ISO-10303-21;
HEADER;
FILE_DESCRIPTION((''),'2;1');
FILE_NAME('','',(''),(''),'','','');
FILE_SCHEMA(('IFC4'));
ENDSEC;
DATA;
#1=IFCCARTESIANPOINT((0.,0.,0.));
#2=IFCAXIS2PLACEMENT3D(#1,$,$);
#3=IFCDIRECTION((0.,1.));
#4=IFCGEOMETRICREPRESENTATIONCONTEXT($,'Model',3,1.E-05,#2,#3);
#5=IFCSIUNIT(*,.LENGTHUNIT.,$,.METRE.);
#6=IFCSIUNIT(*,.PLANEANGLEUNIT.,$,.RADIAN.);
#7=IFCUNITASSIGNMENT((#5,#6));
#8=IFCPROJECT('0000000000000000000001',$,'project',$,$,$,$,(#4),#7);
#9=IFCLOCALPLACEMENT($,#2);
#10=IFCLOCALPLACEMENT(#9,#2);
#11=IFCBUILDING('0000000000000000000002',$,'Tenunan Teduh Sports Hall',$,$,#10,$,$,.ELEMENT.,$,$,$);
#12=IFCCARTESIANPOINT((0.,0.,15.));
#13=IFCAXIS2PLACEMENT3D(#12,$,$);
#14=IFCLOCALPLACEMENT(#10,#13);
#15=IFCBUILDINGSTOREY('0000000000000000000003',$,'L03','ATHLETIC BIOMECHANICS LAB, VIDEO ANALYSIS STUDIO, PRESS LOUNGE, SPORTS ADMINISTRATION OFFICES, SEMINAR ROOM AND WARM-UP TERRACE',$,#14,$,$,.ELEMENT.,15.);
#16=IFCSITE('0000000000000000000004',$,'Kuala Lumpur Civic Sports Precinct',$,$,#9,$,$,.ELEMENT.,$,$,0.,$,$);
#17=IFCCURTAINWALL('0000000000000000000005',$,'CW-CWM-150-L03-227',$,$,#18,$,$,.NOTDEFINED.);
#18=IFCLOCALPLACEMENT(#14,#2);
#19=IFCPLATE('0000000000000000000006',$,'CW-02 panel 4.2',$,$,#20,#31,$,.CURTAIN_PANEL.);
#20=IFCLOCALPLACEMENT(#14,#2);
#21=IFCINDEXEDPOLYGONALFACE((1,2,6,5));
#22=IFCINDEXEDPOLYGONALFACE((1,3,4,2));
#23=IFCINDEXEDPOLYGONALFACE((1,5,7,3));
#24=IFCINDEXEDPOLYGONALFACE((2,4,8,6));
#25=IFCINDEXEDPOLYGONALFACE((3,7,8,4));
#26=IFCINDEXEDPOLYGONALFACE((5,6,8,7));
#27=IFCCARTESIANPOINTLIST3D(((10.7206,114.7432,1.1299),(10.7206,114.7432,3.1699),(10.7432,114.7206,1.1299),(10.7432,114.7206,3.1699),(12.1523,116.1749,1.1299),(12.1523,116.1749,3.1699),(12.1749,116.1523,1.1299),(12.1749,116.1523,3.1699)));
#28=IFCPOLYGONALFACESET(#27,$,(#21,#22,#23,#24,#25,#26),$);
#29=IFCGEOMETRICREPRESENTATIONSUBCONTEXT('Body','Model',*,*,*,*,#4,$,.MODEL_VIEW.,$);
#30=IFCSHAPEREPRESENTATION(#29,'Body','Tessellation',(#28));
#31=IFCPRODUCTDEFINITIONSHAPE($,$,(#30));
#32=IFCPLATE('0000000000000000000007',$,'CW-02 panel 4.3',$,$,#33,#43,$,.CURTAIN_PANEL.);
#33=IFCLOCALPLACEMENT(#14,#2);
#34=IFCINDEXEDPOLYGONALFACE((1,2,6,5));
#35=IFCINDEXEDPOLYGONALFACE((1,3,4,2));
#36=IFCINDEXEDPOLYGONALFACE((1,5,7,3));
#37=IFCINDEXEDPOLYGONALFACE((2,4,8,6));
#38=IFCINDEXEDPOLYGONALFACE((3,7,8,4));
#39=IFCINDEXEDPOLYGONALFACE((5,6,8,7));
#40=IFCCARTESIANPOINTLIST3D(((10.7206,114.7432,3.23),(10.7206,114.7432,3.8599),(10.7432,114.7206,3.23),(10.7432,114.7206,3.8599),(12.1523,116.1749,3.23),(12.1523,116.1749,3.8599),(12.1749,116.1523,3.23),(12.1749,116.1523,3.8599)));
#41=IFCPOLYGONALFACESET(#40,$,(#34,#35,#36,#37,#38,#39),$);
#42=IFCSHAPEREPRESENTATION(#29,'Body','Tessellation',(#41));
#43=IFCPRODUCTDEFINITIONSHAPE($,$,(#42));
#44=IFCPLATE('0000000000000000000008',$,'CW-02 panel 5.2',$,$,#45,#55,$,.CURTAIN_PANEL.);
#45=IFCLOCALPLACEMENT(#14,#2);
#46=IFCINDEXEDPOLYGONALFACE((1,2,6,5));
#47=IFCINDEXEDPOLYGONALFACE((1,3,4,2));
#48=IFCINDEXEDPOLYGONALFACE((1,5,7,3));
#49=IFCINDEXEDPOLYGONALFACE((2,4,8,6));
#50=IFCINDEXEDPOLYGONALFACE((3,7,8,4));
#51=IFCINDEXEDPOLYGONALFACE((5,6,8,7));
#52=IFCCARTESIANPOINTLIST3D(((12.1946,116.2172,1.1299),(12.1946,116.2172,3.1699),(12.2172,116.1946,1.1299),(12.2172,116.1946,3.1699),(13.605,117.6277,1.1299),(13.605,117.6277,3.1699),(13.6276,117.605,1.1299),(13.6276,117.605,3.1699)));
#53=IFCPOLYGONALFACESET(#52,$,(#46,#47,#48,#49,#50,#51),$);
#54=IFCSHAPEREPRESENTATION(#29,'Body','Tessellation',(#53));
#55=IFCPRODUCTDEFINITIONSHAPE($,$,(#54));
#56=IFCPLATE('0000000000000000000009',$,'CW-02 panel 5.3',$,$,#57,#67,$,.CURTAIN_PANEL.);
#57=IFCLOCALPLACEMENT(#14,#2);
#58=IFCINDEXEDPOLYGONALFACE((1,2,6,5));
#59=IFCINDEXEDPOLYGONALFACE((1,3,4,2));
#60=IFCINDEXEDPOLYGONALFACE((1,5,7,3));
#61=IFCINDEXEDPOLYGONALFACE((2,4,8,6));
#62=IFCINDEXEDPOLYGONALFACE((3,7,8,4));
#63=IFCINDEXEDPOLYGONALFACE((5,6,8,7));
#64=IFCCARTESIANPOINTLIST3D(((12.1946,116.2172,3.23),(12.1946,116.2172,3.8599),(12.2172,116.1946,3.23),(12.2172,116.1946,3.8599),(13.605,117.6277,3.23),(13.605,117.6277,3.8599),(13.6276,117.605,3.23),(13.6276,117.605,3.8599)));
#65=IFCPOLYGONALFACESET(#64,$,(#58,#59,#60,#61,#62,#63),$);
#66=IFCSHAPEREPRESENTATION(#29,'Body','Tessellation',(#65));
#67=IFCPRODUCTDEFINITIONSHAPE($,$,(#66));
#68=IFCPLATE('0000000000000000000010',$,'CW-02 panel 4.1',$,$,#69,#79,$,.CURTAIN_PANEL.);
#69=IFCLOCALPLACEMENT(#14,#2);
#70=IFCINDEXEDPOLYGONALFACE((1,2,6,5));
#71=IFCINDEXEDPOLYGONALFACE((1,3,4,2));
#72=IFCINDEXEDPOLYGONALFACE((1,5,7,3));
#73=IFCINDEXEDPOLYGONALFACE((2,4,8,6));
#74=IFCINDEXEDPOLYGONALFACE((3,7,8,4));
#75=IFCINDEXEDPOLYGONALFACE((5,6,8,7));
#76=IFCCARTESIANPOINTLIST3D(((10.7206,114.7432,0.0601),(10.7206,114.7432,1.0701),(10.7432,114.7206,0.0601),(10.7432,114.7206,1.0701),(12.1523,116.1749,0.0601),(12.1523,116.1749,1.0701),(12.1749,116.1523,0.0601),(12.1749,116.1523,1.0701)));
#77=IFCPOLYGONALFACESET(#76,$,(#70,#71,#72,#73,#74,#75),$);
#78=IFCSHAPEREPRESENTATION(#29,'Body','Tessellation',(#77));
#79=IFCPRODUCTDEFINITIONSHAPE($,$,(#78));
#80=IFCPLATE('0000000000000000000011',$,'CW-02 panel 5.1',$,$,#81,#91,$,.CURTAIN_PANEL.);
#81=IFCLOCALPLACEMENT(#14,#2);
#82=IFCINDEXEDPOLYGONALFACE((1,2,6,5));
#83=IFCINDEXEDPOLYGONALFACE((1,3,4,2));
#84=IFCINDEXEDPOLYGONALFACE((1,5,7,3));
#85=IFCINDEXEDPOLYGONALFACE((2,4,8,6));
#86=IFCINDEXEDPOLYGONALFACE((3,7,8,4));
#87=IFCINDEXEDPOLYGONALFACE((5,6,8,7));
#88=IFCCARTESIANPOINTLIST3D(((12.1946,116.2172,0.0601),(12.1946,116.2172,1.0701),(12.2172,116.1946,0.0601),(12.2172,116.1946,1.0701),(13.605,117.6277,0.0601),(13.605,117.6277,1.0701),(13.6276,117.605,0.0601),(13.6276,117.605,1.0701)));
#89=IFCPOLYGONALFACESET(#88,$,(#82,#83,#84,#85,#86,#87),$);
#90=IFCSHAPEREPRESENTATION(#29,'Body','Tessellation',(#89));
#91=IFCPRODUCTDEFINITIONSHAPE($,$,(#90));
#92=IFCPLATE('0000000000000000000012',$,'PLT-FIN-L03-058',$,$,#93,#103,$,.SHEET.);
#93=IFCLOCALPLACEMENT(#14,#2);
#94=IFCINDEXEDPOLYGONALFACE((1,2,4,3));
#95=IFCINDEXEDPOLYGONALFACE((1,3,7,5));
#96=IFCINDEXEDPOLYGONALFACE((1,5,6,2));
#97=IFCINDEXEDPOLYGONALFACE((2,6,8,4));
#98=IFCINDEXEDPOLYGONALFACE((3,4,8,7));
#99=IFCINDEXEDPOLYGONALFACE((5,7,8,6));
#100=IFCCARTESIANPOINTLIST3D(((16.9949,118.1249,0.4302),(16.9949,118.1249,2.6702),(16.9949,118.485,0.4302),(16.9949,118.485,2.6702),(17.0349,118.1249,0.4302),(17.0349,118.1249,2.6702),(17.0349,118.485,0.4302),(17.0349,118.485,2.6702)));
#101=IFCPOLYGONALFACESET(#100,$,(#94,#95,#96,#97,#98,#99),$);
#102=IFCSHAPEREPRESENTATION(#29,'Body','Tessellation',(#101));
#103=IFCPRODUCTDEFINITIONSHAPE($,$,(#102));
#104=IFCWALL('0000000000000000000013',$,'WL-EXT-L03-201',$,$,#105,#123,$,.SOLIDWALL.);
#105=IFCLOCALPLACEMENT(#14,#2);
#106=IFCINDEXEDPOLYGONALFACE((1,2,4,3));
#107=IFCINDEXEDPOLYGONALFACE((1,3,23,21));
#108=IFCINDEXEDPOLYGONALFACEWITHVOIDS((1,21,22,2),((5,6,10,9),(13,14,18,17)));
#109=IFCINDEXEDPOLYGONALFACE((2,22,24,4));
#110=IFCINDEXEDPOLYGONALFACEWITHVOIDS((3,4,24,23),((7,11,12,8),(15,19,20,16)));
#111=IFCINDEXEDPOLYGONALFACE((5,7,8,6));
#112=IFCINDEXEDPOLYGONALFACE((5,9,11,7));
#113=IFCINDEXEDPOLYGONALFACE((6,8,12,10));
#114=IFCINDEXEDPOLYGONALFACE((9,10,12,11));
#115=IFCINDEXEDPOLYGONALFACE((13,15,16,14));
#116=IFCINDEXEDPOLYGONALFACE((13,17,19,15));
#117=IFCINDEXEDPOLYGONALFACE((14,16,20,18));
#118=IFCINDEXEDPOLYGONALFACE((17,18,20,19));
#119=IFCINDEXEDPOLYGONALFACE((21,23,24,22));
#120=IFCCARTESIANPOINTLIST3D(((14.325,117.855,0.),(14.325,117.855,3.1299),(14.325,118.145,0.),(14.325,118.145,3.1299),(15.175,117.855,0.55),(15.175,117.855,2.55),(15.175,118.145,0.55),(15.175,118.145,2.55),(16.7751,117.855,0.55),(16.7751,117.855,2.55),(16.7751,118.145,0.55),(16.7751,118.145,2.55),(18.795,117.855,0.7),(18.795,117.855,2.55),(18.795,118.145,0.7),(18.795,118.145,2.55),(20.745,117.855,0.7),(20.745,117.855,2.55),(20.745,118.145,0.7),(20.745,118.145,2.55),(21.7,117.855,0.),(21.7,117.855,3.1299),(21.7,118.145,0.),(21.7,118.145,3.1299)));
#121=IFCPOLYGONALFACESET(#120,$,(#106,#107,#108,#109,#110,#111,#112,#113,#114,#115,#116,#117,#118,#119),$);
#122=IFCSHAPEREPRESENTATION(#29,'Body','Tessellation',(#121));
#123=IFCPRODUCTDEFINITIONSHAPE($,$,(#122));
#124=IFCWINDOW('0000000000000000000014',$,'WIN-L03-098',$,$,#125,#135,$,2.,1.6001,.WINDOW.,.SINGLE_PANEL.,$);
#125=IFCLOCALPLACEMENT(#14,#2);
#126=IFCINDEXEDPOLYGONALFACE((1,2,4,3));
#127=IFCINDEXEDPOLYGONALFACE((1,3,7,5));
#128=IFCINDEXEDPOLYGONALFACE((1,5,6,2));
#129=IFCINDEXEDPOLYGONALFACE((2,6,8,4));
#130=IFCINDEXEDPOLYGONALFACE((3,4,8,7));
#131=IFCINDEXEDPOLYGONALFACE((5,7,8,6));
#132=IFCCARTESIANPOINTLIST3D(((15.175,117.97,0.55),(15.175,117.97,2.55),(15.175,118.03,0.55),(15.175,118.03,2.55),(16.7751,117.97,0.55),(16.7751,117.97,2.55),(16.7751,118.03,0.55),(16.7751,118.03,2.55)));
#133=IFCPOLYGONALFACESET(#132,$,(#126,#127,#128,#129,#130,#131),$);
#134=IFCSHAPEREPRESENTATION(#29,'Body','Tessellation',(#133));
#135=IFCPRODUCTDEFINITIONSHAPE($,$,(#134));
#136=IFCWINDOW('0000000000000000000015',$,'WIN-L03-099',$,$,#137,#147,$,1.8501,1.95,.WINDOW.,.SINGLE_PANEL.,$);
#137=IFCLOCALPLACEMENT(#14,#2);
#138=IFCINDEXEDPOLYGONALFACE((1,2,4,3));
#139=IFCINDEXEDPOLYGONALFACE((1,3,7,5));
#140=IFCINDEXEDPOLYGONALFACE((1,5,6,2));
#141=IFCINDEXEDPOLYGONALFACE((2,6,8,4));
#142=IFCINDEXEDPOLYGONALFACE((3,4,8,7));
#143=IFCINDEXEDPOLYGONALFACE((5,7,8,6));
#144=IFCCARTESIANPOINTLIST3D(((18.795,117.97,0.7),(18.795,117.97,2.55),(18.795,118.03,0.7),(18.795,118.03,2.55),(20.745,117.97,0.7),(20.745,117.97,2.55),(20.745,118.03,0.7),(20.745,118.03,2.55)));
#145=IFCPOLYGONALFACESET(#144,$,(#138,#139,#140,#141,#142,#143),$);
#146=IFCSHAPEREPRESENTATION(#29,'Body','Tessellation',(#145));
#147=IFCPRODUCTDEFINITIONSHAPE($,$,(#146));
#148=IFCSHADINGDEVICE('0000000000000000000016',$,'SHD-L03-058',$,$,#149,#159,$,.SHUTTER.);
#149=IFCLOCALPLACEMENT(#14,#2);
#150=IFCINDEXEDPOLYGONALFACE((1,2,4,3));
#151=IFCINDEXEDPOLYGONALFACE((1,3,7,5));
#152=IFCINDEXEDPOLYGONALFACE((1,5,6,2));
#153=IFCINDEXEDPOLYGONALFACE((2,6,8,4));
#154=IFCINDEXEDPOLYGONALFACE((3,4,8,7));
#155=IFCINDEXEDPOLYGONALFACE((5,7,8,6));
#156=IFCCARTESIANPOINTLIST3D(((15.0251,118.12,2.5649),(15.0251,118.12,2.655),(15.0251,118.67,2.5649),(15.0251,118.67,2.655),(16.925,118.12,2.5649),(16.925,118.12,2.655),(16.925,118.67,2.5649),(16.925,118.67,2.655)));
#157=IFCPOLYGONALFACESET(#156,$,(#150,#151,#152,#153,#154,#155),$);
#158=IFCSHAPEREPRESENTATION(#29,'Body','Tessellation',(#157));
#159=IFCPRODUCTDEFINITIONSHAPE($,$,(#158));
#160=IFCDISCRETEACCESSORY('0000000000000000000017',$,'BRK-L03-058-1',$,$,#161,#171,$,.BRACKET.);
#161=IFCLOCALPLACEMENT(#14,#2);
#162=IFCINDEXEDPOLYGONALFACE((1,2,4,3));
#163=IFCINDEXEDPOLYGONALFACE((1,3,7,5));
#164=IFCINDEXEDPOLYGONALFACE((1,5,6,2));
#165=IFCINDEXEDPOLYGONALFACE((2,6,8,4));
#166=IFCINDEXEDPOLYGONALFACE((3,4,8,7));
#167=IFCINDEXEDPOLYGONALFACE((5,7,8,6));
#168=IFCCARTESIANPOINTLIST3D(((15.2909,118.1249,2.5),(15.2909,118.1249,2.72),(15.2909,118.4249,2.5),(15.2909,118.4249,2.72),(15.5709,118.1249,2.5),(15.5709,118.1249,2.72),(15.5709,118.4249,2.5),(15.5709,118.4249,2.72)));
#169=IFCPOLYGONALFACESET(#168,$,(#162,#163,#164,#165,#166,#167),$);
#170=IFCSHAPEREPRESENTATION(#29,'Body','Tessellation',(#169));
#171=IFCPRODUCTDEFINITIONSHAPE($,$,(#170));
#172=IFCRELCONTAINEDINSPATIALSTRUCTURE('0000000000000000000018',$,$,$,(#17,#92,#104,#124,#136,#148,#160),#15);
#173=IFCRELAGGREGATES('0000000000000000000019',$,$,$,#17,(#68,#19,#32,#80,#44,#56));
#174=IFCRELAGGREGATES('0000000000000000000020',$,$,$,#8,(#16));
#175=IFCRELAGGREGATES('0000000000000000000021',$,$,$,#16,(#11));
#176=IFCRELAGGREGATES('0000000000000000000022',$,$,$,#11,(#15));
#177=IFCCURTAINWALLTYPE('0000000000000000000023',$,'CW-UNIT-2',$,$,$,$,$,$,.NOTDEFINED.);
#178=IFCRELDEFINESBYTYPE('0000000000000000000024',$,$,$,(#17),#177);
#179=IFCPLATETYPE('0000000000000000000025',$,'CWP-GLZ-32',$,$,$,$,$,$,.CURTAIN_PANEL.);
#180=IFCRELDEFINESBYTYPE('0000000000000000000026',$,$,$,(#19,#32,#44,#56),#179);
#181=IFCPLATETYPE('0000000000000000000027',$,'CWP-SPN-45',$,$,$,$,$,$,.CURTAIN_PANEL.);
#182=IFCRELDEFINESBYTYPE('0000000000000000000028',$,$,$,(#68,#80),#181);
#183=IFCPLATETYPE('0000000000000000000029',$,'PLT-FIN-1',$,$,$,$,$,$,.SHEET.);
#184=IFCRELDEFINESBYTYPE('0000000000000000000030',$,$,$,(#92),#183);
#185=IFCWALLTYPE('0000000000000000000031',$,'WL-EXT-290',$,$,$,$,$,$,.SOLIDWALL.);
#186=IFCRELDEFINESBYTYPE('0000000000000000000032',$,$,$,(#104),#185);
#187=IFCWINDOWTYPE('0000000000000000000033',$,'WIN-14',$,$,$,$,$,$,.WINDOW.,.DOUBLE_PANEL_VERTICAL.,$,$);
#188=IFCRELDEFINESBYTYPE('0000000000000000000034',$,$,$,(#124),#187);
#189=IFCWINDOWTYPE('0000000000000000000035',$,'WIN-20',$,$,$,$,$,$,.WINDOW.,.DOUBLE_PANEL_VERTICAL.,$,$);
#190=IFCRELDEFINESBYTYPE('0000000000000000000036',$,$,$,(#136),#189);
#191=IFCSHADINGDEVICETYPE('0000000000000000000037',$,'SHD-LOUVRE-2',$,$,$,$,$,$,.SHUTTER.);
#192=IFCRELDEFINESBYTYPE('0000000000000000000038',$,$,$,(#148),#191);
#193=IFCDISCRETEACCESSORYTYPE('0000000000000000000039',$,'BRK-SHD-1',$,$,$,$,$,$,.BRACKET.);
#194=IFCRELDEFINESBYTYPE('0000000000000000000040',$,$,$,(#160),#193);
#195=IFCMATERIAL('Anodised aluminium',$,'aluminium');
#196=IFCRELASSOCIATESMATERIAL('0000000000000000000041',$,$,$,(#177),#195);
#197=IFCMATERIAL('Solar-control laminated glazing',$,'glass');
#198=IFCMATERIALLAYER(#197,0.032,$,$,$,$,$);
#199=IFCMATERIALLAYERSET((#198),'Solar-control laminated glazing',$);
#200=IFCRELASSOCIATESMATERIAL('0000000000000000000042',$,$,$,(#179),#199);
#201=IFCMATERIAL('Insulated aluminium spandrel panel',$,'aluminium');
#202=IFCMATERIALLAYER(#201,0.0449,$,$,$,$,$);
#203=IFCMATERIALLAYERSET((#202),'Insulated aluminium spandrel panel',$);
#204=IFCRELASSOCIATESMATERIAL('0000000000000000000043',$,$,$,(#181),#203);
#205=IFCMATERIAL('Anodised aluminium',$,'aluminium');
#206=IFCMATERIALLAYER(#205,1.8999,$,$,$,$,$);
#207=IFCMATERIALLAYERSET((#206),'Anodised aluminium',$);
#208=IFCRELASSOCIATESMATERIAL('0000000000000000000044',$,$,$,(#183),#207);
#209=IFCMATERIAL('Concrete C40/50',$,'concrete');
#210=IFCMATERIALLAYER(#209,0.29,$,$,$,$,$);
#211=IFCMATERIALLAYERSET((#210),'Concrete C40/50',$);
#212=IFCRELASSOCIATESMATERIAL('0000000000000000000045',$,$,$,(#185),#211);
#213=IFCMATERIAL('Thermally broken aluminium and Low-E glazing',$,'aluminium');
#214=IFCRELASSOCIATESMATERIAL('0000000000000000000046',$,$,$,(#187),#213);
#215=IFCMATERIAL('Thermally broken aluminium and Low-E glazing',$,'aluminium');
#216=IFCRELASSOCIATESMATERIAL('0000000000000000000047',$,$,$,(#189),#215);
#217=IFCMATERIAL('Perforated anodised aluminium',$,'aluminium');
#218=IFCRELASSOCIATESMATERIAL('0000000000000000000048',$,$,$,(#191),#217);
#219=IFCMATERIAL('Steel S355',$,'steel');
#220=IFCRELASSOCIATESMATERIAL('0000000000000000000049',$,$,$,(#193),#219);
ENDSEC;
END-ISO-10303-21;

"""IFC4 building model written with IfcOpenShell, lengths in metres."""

from ifc_helpers import new_model, si_unit, direction, frame, frame_2d, origin, origin_2d, place, context, subcontext, project, spatial, rectangle, extrude, material, layer, layer_set, type_object, element, fill, aggregate, save


model = new_model("IFC4")

# Units and contexts
model_context = context("Model", 3, precision=1e-05, world=origin(), true_north=direction((0.0, 1.0)))
body_context = subcontext(model_context, "Body", "Model", "MODEL_VIEW")
ifc_project = project(units=[si_unit("LENGTHUNIT", "METRE"), si_unit("PLANEANGLEUNIT", "RADIAN")], contexts=[model_context])

# Site, building, storey
site_placement = place(None, origin())
site = spatial("IfcSite", under=ifc_project, at=site_placement, Name="Kuala Lumpur Civic Sports Precinct", CompositionType="ELEMENT", RefElevation=0.0)
building_placement = place(site_placement, origin())
building = spatial("IfcBuilding", under=site, at=building_placement, Name="Tenunan Teduh Sports Hall", CompositionType="ELEMENT")
storey_placement = place(building_placement, frame((0.0, 0.0, 15.0)))
storey = spatial("IfcBuildingStorey", under=building, at=storey_placement, Name="L03", Description="ATHLETIC BIOMECHANICS LAB, VIDEO ANALYSIS STUDIO, PRESS LOUNGE, SPORTS ADMINISTRATION OFFICES, SEMINAR ROOM AND WARM-UP TERRACE", CompositionType="ELEMENT", Elevation=15.0)

# Curtain wall
ifc_material_1 = material(Name="Anodised aluminium", Category="aluminium")
curtain_wall_type = type_object("IfcCurtainWallType", Name="CW-UNIT-2", PredefinedType="NOTDEFINED", material=ifc_material_1)
curtain_wall_placement = place(storey_placement, origin())
curtain_wall = element("IfcCurtainWall", 1, at=curtain_wall_placement, inside=storey, type_object=curtain_wall_type, Name="CW-CWM-150-L03-227", PredefinedType="NOTDEFINED")

# Plates
ifc_material_2 = material(Name="Solar-control laminated glazing", Category="glass")
ifc_layer_1 = layer(ifc_material_2, 0.032)
ifc_layer_set_1 = layer_set([ifc_layer_1], Name="Solar-control laminated glazing")
plate_type_1 = type_object("IfcPlateType", Name="CWP-GLZ-32", PredefinedType="CURTAIN_PANEL", material=ifc_layer_set_1)
plate_1_placement = place(storey_placement, frame((11.4478, 115.4478, 1.1299), z_axis=(0.0, 0.0, 1.0), x_axis=(0.707102, 0.707112, 0.0)))
plate_1 = element("IfcPlate", 2, at=plate_1_placement, type_object=plate_type_1, Name="CW-02 panel 4.2", PredefinedType="CURTAIN_PANEL", context=body_context, shape_type="SweptSolid", body=[
    extrude(rectangle(XDim=2.0247, YDim=0.032, at=origin_2d()), origin(), (0.0, 0.0, 1.0), 2.04),
])
plate_2_placement = place(storey_placement, frame((11.4478, 115.4478, 3.23), z_axis=(0.0, 0.0, 1.0), x_axis=(0.707102, 0.707112, 0.0)))
plate_2 = element("IfcPlate", 3, at=plate_2_placement, type_object=plate_type_1, Name="CW-02 panel 4.3", PredefinedType="CURTAIN_PANEL", context=body_context, shape_type="SweptSolid", body=[
    extrude(rectangle(XDim=2.0247, YDim=0.032, at=origin_2d()), origin(), (0.0, 0.0, 1.0), 0.6299),
])
plate_3_placement = place(storey_placement, frame((12.9111, 116.9111, 1.1299), z_axis=(0.0, 0.0, 1.0), x_axis=(0.707102, 0.707112, 0.0)))
plate_3 = element("IfcPlate", 4, at=plate_3_placement, type_object=plate_type_1, Name="CW-02 panel 5.2", PredefinedType="CURTAIN_PANEL", context=body_context, shape_type="SweptSolid", body=[
    extrude(rectangle(XDim=1.9946, YDim=0.032, at=origin_2d()), origin(), (0.0, 0.0, 1.0), 2.04),
])
plate_4_placement = place(storey_placement, frame((12.9111, 116.9111, 3.23), z_axis=(0.0, 0.0, 1.0), x_axis=(0.707102, 0.707112, 0.0)))
plate_4 = element("IfcPlate", 5, at=plate_4_placement, type_object=plate_type_1, Name="CW-02 panel 5.3", PredefinedType="CURTAIN_PANEL", context=body_context, shape_type="SweptSolid", body=[
    extrude(rectangle(XDim=1.9946, YDim=0.032, at=origin_2d()), origin(), (0.0, 0.0, 1.0), 0.6299),
])
ifc_material_3 = material(Name="Insulated aluminium spandrel panel", Category="aluminium")
ifc_layer_2 = layer(ifc_material_3, 0.0449)
ifc_layer_set_2 = layer_set([ifc_layer_2], Name="Insulated aluminium spandrel panel")
plate_type_2 = type_object("IfcPlateType", Name="CWP-SPN-45", PredefinedType="CURTAIN_PANEL", material=ifc_layer_set_2)
plate_5_placement = place(storey_placement, frame((11.4478, 115.4478, 0.0601), z_axis=(0.0, 0.0, 1.0), x_axis=(0.707102, 0.707112, 0.0)))
plate_5 = element("IfcPlate", 6, at=plate_5_placement, type_object=plate_type_2, Name="CW-02 panel 4.1", PredefinedType="CURTAIN_PANEL", context=body_context, shape_type="SweptSolid", body=[
    extrude(rectangle(XDim=2.0247, YDim=0.032, at=origin_2d()), origin(), (0.0, 0.0, 1.0), 1.01),
])
plate_6_placement = place(storey_placement, frame((12.9111, 116.9111, 0.0601), z_axis=(0.0, 0.0, 1.0), x_axis=(0.707102, 0.707112, 0.0)))
plate_6 = element("IfcPlate", 7, at=plate_6_placement, type_object=plate_type_2, Name="CW-02 panel 5.1", PredefinedType="CURTAIN_PANEL", context=body_context, shape_type="SweptSolid", body=[
    extrude(rectangle(XDim=1.9946, YDim=0.032, at=origin_2d()), origin(), (0.0, 0.0, 1.0), 1.01),
])
aggregate(curtain_wall, [plate_5, plate_1, plate_2, plate_6, plate_3, plate_4])
ifc_material_4 = material(Name="Anodised aluminium", Category="aluminium")
ifc_layer_3 = layer(ifc_material_4, 1.8999)
ifc_layer_set_3 = layer_set([ifc_layer_3], Name="Anodised aluminium")
plate_type_3 = type_object("IfcPlateType", Name="PLT-FIN-1", PredefinedType="SHEET", material=ifc_layer_set_3)
plate_7_placement = place(storey_placement, frame((17.0149, 118.3049, 0.4302), z_axis=(0.0, 0.0, 1.0), x_axis=(1.0, 0.0, 0.0)))
element("IfcPlate", 8, at=plate_7_placement, inside=storey, type_object=plate_type_3, Name="PLT-FIN-L03-058", PredefinedType="SHEET", context=body_context, shape_type="SweptSolid", body=[
    extrude(rectangle(XDim=0.04, YDim=0.3601, at=origin_2d()), origin(), (0.0, 0.0, 1.0), 2.24),
])

# Wall, openings, windows
ifc_material_5 = material(Name="Concrete C40/50", Category="concrete")
ifc_layer_4 = layer(ifc_material_5, 0.29)
ifc_layer_set_4 = layer_set([ifc_layer_4], Name="Concrete C40/50")
wall_type = type_object("IfcWallType", Name="WL-EXT-290", PredefinedType="SOLIDWALL", material=ifc_layer_set_4)
wall_placement = place(storey_placement, frame((14.325, 118.0, 0.0), z_axis=(0.0, 0.0, 1.0), x_axis=(1.0, 0.0, 0.0)))
wall = element("IfcWall", 9, at=wall_placement, inside=storey, type_object=wall_type, Name="WL-EXT-L03-201", PredefinedType="SOLIDWALL", context=body_context, shape_type="SweptSolid", body=[
    extrude(rectangle(XDim=7.375, YDim=0.29, at=frame_2d((3.6875, 0.0))), origin(), (0.0, 0.0, 1.0), 3.1299),
])
opening_1_placement = place(wall_placement, frame((0.8501, 0.0, 0.55)))
opening_1 = element("IfcOpeningElement", 10, at=opening_1_placement, cuts=wall, PredefinedType="OPENING", context=body_context, shape_type="SweptSolid", body=[
    extrude(rectangle(XDim=1.6001, YDim=2.0, at=frame_2d((0.8, 1.0))), frame((0.0, 0.155, 0.0), z_axis=(0.0, -1.0, 0.0), x_axis=(1.0, 0.0, 0.0)), (0.0, 0.0, 1.0), 0.3101),
])
opening_2_placement = place(wall_placement, frame((4.47, 0.0, 0.7)))
opening_2 = element("IfcOpeningElement", 11, at=opening_2_placement, cuts=wall, PredefinedType="OPENING", context=body_context, shape_type="SweptSolid", body=[
    extrude(rectangle(XDim=1.95, YDim=1.8501, at=frame_2d((0.9751, 0.925))), frame((0.0, 0.155, 0.0), z_axis=(0.0, -1.0, 0.0), x_axis=(1.0, 0.0, 0.0)), (0.0, 0.0, 1.0), 0.3101),
])
ifc_material_6 = material(Name="Thermally broken aluminium and Low-E glazing", Category="aluminium")
window_type_1 = type_object("IfcWindowType", Name="WIN-14", PartitioningType="DOUBLE_PANEL_VERTICAL", PredefinedType="WINDOW", material=ifc_material_6)
window_1_placement = place(opening_1_placement, origin())
window_1 = element("IfcWindow", 12, at=window_1_placement, inside=storey, type_object=window_type_1, Name="WIN-L03-098", OverallHeight=2.0, OverallWidth=1.6001, PartitioningType="SINGLE_PANEL", PredefinedType="WINDOW", context=body_context, shape_type="SweptSolid", body=[
    extrude(rectangle(XDim=1.6001, YDim=2.0, at=frame_2d((0.8, 1.0))), frame((0.0, 0.03, 0.0), z_axis=(0.0, -1.0, 0.0), x_axis=(1.0, 0.0, 0.0)), (0.0, 0.0, 1.0), 0.0601),
])
fill(opening_1, window_1)
ifc_material_7 = material(Name="Thermally broken aluminium and Low-E glazing", Category="aluminium")
window_type_2 = type_object("IfcWindowType", Name="WIN-20", PartitioningType="DOUBLE_PANEL_VERTICAL", PredefinedType="WINDOW", material=ifc_material_7)
window_2_placement = place(opening_2_placement, origin())
window_2 = element("IfcWindow", 13, at=window_2_placement, inside=storey, type_object=window_type_2, Name="WIN-L03-099", OverallHeight=1.8501, OverallWidth=1.95, PartitioningType="SINGLE_PANEL", PredefinedType="WINDOW", context=body_context, shape_type="SweptSolid", body=[
    extrude(rectangle(XDim=1.95, YDim=1.8501, at=frame_2d((0.9751, 0.925))), frame((0.0, 0.03, 0.0), z_axis=(0.0, -1.0, 0.0), x_axis=(1.0, 0.0, 0.0)), (0.0, 0.0, 1.0), 0.0601),
])
fill(opening_2, window_2)

# Shading device
ifc_material_8 = material(Name="Perforated anodised aluminium", Category="aluminium")
shading_device_type = type_object("IfcShadingDeviceType", Name="SHD-LOUVRE-2", PredefinedType="SHUTTER", material=ifc_material_8)
shading_device_placement = place(storey_placement, frame((15.9751, 118.395, 2.5649), z_axis=(0.0, 0.0, 1.0), x_axis=(1.0, 0.0, 0.0)))
element("IfcShadingDevice", 14, at=shading_device_placement, inside=storey, type_object=shading_device_type, Name="SHD-L03-058", PredefinedType="SHUTTER", context=body_context, shape_type="SweptSolid", body=[
    extrude(rectangle(XDim=1.8999, YDim=0.55, at=origin_2d()), origin(), (0.0, 0.0, 1.0), 0.0901),
])

# Discrete accessory
ifc_material_9 = material(Name="Steel S355", Category="steel")
discrete_accessory_type = type_object("IfcDiscreteAccessoryType", Name="BRK-SHD-1", PredefinedType="BRACKET", material=ifc_material_9)
for number, where, z_axis, x_axis, name in (
    (15, (15.4309, 118.2749, 2.5), (0.0, 0.0, 1.0), (1.0, 0.0, 0.0), "BRK-L03-058-1"),
):
    element("IfcDiscreteAccessory", number, at=place(storey_placement, frame(where, z_axis=z_axis, x_axis=x_axis)), inside=storey, type_object=discrete_accessory_type, Name=name, PredefinedType="BRACKET", context=body_context, shape_type="SweptSolid", body=[
        extrude(rectangle(XDim=0.28, YDim=0.3, at=origin_2d()), origin(), (0.0, 0.0, 1.0), 0.22),
    ])

save(model, "model.ifc")
